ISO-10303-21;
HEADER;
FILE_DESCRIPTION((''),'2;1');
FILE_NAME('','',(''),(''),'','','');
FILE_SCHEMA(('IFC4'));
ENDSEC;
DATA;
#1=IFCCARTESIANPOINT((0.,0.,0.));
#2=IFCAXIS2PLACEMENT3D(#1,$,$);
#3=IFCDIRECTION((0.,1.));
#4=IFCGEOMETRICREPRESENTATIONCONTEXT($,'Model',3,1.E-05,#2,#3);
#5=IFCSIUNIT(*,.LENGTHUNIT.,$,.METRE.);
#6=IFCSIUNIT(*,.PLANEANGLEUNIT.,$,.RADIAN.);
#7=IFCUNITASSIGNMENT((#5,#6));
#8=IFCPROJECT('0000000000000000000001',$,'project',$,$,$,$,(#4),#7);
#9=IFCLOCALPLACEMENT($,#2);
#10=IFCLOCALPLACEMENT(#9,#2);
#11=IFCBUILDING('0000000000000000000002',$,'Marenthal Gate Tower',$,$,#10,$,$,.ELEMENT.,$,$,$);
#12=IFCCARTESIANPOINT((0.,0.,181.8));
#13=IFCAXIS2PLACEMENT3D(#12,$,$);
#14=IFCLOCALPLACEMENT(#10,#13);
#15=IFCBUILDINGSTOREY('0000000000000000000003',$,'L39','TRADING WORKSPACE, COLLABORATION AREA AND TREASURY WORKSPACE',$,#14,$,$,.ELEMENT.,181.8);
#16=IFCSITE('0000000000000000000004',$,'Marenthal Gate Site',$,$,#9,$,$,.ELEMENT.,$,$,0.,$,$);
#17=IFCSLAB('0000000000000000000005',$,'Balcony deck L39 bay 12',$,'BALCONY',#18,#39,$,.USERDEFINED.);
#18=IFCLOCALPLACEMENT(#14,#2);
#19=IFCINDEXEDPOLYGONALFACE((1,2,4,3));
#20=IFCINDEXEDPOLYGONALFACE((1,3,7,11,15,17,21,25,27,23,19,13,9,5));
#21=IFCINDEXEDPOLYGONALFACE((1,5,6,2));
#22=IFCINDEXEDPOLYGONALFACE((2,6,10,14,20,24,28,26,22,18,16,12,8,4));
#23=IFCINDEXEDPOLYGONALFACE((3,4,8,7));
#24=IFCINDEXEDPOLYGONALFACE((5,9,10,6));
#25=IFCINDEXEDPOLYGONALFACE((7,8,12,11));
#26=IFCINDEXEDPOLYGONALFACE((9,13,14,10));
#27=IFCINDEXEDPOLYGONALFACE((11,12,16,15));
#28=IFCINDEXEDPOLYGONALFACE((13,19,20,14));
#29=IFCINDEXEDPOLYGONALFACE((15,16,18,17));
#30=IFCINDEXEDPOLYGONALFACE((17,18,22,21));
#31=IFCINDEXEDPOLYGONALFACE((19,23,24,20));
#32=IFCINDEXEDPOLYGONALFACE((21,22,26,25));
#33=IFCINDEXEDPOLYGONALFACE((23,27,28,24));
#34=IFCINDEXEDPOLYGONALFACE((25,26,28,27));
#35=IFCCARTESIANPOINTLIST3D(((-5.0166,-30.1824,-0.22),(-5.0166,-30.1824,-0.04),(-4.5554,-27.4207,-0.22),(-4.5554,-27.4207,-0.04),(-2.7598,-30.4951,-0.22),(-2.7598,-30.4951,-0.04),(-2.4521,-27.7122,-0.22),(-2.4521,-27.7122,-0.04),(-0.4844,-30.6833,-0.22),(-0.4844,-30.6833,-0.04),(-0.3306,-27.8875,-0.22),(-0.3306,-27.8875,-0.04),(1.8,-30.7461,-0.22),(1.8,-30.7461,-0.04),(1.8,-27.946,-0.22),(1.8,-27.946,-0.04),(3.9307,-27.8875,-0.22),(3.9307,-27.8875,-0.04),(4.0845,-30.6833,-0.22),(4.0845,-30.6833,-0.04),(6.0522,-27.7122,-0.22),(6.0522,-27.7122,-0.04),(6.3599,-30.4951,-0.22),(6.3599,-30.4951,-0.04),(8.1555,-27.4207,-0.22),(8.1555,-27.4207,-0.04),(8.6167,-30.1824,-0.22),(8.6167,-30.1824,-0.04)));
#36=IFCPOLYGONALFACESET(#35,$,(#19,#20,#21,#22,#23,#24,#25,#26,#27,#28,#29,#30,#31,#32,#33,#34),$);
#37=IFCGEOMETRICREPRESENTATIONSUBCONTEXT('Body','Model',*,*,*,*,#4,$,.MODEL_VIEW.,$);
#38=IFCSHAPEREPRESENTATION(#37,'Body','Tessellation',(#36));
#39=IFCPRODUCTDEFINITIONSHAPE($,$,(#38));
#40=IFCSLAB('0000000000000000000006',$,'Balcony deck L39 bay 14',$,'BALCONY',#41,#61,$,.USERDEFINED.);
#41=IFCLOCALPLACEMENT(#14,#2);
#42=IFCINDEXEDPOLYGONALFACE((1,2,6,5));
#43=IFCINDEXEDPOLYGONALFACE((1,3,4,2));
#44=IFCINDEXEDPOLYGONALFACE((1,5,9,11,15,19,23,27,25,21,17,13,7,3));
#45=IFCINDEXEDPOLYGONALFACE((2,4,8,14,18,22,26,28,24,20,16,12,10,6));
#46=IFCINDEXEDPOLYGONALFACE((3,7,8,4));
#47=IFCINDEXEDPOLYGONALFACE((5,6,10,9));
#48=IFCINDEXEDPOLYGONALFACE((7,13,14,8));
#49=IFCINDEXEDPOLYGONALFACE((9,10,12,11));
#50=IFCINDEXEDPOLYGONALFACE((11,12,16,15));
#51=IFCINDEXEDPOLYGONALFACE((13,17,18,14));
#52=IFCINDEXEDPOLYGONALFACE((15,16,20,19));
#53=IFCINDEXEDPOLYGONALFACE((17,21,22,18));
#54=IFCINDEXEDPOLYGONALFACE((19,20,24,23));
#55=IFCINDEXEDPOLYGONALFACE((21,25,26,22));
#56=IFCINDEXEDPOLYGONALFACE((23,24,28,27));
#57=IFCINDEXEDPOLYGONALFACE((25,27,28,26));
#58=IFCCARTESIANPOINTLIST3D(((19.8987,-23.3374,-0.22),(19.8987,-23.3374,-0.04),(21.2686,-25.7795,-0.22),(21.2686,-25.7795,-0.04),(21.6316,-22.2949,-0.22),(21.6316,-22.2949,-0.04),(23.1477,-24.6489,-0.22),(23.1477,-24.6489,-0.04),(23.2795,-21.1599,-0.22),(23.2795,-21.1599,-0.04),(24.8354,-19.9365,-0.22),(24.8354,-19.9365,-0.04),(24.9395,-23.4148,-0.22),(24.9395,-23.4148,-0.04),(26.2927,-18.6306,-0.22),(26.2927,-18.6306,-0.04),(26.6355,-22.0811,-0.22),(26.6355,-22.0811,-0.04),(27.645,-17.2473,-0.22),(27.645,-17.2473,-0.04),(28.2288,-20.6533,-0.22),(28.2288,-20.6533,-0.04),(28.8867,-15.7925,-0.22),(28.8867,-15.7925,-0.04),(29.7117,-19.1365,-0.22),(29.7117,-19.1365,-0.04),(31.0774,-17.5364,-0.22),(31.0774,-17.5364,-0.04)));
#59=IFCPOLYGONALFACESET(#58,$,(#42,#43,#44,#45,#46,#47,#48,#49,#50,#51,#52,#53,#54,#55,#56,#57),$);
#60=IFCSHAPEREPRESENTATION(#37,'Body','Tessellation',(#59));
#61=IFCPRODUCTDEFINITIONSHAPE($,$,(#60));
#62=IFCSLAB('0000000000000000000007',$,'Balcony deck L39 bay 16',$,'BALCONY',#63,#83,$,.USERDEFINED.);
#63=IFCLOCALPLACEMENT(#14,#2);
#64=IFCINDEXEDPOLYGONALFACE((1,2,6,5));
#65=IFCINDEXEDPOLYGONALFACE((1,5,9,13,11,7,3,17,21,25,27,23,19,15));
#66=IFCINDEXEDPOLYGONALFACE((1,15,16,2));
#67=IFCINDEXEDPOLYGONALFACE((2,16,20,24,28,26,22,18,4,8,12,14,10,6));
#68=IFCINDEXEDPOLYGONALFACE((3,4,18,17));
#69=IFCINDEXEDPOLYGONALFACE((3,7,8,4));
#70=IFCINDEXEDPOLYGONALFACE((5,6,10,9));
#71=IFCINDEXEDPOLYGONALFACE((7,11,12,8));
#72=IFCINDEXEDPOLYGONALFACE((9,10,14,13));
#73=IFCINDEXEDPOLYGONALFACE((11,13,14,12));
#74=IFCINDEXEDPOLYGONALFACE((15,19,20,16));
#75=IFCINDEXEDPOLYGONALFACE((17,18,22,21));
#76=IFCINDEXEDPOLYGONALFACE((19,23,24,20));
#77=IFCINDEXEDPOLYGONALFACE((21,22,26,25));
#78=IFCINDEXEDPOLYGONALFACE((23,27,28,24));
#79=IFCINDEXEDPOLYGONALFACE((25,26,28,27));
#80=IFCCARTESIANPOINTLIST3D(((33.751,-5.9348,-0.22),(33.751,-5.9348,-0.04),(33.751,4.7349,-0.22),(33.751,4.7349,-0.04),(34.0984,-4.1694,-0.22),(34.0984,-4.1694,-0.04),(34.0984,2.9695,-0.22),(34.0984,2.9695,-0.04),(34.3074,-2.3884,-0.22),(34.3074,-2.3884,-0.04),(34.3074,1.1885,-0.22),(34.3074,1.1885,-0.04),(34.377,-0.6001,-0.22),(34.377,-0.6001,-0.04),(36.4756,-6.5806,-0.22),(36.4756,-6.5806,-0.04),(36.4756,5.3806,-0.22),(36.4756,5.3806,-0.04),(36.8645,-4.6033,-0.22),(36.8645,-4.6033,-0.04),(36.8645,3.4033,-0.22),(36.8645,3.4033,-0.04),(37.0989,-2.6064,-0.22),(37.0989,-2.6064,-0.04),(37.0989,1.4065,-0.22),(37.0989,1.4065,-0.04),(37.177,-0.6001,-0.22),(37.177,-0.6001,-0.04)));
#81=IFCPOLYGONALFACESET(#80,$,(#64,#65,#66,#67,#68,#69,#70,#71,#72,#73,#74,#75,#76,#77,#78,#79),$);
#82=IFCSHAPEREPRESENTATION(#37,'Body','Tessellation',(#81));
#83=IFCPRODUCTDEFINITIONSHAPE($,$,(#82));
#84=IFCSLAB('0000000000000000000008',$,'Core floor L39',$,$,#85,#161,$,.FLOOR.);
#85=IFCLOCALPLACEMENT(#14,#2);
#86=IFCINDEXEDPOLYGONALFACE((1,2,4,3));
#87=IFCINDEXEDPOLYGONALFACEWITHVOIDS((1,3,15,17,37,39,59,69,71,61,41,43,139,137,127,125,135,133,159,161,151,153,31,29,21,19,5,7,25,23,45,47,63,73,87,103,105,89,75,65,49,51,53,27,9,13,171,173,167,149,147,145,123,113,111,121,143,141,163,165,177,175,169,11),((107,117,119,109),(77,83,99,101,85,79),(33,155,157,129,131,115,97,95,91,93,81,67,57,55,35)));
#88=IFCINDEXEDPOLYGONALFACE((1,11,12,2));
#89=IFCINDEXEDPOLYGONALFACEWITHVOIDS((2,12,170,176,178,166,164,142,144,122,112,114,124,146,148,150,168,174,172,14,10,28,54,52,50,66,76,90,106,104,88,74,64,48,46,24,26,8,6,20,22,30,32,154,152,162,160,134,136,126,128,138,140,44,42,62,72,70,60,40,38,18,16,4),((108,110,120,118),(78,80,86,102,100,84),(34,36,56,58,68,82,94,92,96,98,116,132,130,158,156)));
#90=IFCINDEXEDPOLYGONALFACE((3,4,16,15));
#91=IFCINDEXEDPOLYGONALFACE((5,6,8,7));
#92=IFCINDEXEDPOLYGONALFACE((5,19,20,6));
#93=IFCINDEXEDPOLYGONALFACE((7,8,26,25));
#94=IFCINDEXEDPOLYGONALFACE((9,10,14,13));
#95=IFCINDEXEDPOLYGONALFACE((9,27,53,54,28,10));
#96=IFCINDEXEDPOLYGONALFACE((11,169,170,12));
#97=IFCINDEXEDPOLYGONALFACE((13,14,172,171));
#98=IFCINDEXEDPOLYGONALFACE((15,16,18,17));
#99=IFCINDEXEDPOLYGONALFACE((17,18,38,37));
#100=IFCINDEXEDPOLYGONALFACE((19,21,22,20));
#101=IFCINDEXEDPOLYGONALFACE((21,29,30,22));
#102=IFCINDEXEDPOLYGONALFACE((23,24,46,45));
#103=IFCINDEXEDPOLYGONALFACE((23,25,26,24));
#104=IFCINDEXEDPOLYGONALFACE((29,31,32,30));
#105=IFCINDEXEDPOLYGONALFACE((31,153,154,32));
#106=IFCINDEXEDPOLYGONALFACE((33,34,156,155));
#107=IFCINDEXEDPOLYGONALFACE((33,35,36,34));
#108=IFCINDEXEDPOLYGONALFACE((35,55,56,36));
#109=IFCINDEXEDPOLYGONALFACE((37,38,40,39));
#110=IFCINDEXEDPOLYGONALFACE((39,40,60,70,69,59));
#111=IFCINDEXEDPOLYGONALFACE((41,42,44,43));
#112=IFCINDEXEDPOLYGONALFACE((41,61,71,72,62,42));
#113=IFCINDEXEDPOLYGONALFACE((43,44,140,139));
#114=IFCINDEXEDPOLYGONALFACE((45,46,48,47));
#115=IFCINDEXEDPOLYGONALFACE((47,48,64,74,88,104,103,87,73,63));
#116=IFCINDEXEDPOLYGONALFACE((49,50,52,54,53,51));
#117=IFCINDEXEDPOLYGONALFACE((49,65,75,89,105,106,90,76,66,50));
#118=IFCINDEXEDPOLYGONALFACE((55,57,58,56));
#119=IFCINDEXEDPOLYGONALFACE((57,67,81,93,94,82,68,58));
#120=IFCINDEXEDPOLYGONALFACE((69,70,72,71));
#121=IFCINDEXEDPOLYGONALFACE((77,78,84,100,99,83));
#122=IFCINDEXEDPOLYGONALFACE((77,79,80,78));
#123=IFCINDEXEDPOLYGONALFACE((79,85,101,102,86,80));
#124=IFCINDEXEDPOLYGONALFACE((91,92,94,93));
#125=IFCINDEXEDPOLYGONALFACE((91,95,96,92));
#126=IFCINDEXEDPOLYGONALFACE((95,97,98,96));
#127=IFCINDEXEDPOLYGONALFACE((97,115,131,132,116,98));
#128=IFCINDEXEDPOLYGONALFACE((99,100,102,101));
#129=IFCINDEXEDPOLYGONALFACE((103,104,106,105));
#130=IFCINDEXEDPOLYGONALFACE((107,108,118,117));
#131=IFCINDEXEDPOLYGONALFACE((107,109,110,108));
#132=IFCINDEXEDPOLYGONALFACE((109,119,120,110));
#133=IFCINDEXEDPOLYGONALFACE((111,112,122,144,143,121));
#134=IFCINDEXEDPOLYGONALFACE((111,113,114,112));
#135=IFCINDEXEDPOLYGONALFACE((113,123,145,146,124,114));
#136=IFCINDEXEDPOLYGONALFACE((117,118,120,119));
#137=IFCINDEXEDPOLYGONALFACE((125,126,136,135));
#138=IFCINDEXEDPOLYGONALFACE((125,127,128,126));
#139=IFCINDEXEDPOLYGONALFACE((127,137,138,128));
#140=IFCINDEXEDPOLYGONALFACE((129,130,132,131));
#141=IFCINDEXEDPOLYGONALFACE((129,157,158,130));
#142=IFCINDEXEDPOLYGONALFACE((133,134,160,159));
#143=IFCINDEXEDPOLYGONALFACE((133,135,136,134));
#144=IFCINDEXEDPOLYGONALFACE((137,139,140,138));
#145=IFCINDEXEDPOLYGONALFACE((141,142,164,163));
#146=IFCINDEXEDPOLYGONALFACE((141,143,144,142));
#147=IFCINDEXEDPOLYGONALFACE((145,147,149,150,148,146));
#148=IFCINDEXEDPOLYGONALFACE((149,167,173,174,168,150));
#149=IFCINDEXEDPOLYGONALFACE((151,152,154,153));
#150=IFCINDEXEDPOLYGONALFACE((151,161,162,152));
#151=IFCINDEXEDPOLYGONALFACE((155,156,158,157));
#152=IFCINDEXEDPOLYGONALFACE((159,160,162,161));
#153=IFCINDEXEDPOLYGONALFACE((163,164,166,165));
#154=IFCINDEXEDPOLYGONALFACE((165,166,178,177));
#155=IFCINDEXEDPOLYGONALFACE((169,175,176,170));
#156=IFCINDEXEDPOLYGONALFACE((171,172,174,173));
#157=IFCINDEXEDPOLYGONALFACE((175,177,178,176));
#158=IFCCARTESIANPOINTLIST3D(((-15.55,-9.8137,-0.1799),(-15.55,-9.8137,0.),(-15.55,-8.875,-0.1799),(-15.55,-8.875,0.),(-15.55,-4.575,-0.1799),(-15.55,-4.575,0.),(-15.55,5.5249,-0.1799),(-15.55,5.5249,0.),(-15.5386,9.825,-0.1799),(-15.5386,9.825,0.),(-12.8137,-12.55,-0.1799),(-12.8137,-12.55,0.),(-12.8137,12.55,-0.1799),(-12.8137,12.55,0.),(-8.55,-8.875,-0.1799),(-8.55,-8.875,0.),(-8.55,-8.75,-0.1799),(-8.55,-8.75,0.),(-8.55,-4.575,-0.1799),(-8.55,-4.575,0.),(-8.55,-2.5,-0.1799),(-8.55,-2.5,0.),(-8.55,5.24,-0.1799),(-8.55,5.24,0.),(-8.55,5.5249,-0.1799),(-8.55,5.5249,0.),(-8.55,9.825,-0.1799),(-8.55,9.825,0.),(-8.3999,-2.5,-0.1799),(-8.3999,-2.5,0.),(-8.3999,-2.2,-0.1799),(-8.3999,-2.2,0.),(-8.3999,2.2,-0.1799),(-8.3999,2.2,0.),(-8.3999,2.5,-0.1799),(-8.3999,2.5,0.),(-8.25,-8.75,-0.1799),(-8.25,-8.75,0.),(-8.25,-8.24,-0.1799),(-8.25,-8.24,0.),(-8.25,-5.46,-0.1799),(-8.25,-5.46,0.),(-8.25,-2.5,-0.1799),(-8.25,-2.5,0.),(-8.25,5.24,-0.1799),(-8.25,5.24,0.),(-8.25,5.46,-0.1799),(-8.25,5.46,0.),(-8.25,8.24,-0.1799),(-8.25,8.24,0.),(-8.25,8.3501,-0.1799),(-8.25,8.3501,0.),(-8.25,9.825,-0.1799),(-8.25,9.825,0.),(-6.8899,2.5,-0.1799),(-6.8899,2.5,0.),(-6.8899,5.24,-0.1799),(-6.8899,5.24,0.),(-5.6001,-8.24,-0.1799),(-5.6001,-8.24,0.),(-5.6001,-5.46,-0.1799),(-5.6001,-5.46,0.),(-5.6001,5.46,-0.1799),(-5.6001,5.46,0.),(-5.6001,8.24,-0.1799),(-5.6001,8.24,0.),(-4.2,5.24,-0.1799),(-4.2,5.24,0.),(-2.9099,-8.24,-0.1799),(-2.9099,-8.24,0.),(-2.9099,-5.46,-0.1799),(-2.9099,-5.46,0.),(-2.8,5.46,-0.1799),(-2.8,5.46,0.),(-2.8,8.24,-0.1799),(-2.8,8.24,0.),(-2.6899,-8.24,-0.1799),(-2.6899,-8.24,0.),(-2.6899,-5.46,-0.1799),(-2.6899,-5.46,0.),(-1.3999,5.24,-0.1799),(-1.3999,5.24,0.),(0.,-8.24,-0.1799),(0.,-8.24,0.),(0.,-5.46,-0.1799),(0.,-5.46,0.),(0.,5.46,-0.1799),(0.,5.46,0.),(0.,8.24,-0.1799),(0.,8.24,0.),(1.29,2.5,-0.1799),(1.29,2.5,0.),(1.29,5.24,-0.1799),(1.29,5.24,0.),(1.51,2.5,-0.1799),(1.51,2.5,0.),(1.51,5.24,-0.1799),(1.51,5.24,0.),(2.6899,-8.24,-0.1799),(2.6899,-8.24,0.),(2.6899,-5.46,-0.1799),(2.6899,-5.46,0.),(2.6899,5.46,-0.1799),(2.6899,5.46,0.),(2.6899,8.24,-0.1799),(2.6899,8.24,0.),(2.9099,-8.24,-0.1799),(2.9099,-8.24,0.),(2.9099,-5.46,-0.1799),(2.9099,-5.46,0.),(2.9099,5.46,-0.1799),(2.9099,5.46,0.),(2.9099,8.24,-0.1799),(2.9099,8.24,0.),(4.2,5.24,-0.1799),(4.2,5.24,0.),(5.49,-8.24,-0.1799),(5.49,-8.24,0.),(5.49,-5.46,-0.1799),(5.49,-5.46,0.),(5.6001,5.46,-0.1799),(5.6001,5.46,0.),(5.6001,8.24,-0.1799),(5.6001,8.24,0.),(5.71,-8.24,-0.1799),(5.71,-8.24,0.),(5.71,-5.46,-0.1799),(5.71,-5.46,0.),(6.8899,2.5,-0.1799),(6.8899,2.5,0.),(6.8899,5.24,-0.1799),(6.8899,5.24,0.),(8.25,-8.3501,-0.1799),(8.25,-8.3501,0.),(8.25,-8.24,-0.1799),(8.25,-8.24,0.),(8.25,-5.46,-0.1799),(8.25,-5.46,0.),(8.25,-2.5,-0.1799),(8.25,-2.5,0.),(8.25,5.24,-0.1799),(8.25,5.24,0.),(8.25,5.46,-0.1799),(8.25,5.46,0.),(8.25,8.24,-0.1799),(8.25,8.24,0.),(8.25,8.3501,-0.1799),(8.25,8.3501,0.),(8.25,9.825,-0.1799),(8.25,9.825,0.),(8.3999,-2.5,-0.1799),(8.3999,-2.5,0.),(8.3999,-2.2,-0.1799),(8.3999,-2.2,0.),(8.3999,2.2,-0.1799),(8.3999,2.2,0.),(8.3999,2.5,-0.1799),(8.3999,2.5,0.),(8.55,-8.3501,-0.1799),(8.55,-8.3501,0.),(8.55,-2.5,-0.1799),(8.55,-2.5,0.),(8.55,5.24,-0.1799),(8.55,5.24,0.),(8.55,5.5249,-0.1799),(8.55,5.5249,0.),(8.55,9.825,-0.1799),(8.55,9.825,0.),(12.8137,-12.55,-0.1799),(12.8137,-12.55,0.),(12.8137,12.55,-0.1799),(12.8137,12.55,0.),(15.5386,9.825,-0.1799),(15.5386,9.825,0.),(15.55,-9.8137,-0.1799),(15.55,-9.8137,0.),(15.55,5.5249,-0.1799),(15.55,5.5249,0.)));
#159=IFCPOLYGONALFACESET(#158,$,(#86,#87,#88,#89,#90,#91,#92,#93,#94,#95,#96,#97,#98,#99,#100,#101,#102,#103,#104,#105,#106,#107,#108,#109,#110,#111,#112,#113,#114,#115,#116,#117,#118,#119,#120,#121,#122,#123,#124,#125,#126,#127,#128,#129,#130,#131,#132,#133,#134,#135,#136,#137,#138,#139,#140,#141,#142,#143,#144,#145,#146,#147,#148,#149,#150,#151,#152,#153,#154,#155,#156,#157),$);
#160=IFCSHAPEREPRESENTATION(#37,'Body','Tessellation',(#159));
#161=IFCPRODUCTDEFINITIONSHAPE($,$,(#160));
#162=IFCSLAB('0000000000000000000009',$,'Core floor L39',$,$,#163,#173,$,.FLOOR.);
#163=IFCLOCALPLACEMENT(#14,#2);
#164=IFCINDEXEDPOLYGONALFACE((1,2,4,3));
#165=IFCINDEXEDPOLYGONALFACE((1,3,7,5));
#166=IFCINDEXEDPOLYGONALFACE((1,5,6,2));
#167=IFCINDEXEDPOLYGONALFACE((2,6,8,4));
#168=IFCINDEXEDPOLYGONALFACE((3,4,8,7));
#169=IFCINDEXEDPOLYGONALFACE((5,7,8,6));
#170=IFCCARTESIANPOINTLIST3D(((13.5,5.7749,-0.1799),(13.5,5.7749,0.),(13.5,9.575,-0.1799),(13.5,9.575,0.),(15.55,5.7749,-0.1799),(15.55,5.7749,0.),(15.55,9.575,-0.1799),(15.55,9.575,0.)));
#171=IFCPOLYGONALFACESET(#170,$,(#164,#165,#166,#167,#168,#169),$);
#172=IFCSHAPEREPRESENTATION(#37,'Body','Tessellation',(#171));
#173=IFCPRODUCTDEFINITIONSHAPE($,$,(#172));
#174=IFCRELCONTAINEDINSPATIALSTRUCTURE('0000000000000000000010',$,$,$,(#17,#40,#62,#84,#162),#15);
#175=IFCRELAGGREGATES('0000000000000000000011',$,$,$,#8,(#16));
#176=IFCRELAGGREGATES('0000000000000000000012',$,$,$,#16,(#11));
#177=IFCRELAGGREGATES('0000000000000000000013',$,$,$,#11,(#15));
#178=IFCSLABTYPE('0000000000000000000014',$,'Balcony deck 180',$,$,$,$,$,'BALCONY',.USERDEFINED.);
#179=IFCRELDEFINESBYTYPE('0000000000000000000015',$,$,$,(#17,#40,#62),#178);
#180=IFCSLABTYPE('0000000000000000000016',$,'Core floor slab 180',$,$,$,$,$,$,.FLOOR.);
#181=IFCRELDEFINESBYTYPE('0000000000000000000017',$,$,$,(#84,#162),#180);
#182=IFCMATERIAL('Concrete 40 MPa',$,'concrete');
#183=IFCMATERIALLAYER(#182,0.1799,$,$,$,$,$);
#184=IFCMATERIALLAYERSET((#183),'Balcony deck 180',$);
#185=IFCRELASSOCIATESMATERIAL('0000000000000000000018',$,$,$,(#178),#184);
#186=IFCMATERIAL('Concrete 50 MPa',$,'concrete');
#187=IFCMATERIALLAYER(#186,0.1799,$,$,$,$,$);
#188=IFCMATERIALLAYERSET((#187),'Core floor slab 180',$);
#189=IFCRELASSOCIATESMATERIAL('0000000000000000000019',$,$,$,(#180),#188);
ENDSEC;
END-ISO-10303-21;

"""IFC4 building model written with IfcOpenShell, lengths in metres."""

from ifc_helpers import new_model, si_unit, direction, frame, origin, place, context, subcontext, project, spatial, polyline, outline, extrude, material, layer, layer_set, type_object, element, save


model = new_model("IFC4")

# Units and contexts
model_context = context("Model", 3, precision=1e-05, world=origin(), true_north=direction((0.0, 1.0)))
body_context = subcontext(model_context, "Body", "Model", "MODEL_VIEW")
ifc_project = project(units=[si_unit("LENGTHUNIT", "METRE"), si_unit("PLANEANGLEUNIT", "RADIAN")], contexts=[model_context])

# Site, building, storey
site_placement = place(None, origin())
site = spatial("IfcSite", under=ifc_project, at=site_placement, Name="Marenthal Gate Site", CompositionType="ELEMENT", RefElevation=0.0)
building_placement = place(site_placement, origin())
building = spatial("IfcBuilding", under=site, at=building_placement, Name="Marenthal Gate Tower", CompositionType="ELEMENT")
storey_placement = place(building_placement, frame((0.0, 0.0, 181.8)))
storey = spatial("IfcBuildingStorey", under=building, at=storey_placement, Name="L39", Description="TRADING WORKSPACE, COLLABORATION AREA AND TREASURY WORKSPACE", CompositionType="ELEMENT", Elevation=181.8)

# Slabs
ifc_material_1 = material(Name="Concrete 40 MPa", Category="concrete")
ifc_layer_1 = layer(ifc_material_1, 0.1799)
ifc_layer_set_1 = layer_set([ifc_layer_1], Name="Balcony deck 180")
slab_type_1 = type_object("IfcSlabType", Name="Balcony deck 180", ElementType="BALCONY", PredefinedType="USERDEFINED", material=ifc_layer_set_1)
slab_1_placement = place(storey_placement, frame((0.0, 0.0, -0.22)))
element("IfcSlab", 1, at=slab_1_placement, inside=storey, type_object=slab_type_1, Name="Balcony deck L39 bay 12", ObjectType="BALCONY", PredefinedType="USERDEFINED", context=body_context, shape_type="SweptSolid", body=[
    extrude(outline(polyline([(-4.5554, -27.4207), (-2.4521, -27.7122), (-0.3306, -27.8875), (1.8, -27.946), (3.9307, -27.8875), (6.0522, -27.7122), (8.1555, -27.4207), (8.6167, -30.1824), (6.3599, -30.4951), (4.0845, -30.6833), (1.8, -30.7461), (-0.4844, -30.6833), (-2.7598, -30.4951), (-5.0166, -30.1824), (-4.5554, -27.4207)])), origin(), (0.0, 0.0, 1.0), 0.1799),
])
slab_2_placement = place(storey_placement, frame((0.0, 0.0, -0.22)))
element("IfcSlab", 2, at=slab_2_placement, inside=storey, type_object=slab_type_1, Name="Balcony deck L39 bay 14", ObjectType="BALCONY", PredefinedType="USERDEFINED", context=body_context, shape_type="SweptSolid", body=[
    extrude(outline(polyline([(19.8987, -23.3374), (21.6316, -22.2949), (23.2795, -21.1599), (24.8354, -19.9365), (26.2927, -18.6306), (27.645, -17.2473), (28.8867, -15.7925), (31.0774, -17.5364), (29.7117, -19.1365), (28.2288, -20.6533), (26.6355, -22.0811), (24.9395, -23.4148), (23.1477, -24.6489), (21.2686, -25.7795), (19.8987, -23.3374)])), origin(), (0.0, 0.0, 1.0), 0.1799),
])
slab_3_placement = place(storey_placement, frame((0.0, 0.0, -0.22)))
element("IfcSlab", 3, at=slab_3_placement, inside=storey, type_object=slab_type_1, Name="Balcony deck L39 bay 16", ObjectType="BALCONY", PredefinedType="USERDEFINED", context=body_context, shape_type="SweptSolid", body=[
    extrude(outline(polyline([(33.751, -5.9348), (34.0984, -4.1694), (34.3074, -2.3884), (34.377, -0.6001), (34.3074, 1.1885), (34.0984, 2.9695), (33.751, 4.7349), (36.4756, 5.3806), (36.8645, 3.4033), (37.0989, 1.4065), (37.177, -0.6001), (37.0989, -2.6064), (36.8645, -4.6033), (36.4756, -6.5806), (33.751, -5.9348)])), origin(), (0.0, 0.0, 1.0), 0.1799),
])
ifc_material_2 = material(Name="Concrete 50 MPa", Category="concrete")
ifc_layer_2 = layer(ifc_material_2, 0.1799)
ifc_layer_set_2 = layer_set([ifc_layer_2], Name="Core floor slab 180")
slab_type_2 = type_object("IfcSlabType", Name="Core floor slab 180", PredefinedType="FLOOR", material=ifc_layer_set_2)
slab_4_placement = place(storey_placement, frame((0.0, 0.0, -0.1799)))
element("IfcSlab", 4, at=slab_4_placement, inside=storey, type_object=slab_type_2, Name="Core floor L39", PredefinedType="FLOOR", context=body_context, shape_type="SweptSolid", body=[
    extrude(outline(polyline([(12.8137, -12.55), (-12.8137, -12.55), (-15.55, -9.8137), (-15.55, -8.875), (-8.55, -8.875), (-8.55, -8.75), (-8.25, -8.75), (-8.25, -8.24), (-5.6001, -8.24), (-2.9099, -8.24), (-2.9099, -5.46), (-5.6001, -5.46), (-8.25, -5.46), (-8.25, -2.5), (8.25, -2.5), (8.25, -5.46), (5.71, -5.46), (5.71, -8.24), (8.25, -8.24), (8.25, -8.3501), (8.55, -8.3501), (8.55, -2.5), (8.3999, -2.5), (8.3999, -2.2), (-8.3999, -2.2), (-8.3999, -2.5), (-8.55, -2.5), (-8.55, -4.575), (-15.55, -4.575), (-15.55, 5.5249), (-8.55, 5.5249), (-8.55, 5.24), (-8.25, 5.24), (-8.25, 5.46), (-5.6001, 5.46), (-2.8, 5.46), (0.0, 5.46), (2.6899, 5.46), (2.6899, 8.24), (0.0, 8.24), (-2.8, 8.24), (-5.6001, 8.24), (-8.25, 8.24), (-8.25, 8.3501), (-8.25, 9.825), (-8.55, 9.825), (-15.5386, 9.825), (-12.8137, 12.55), (12.8137, 12.55), (15.5386, 9.825), (8.55, 9.825), (8.25, 9.825), (8.25, 8.3501), (8.25, 8.24), (5.6001, 8.24), (2.9099, 8.24), (2.9099, 5.46), (5.6001, 5.46), (8.25, 5.46), (8.25, 5.24), (8.55, 5.24), (8.55, 5.5249), (15.55, 5.5249), (15.55, -9.8137), (12.8137, -12.55)]), holes=[polyline([(2.6899, -8.24), (2.6899, -5.46), (0.0, -5.46), (-2.6899, -5.46), (-2.6899, -8.24), (0.0, -8.24), (2.6899, -8.24)]), polyline([(-6.8899, 5.24), (-6.8899, 2.5), (-8.3999, 2.5), (-8.3999, 2.2), (8.3999, 2.2), (8.3999, 2.5), (6.8899, 2.5), (6.8899, 5.24), (4.2, 5.24), (1.51, 5.24), (1.51, 2.5), (1.29, 2.5), (1.29, 5.24), (-1.3999, 5.24), (-4.2, 5.24), (-6.8899, 5.24)]), polyline([(5.49, -5.46), (2.9099, -5.46), (2.9099, -8.24), (5.49, -8.24), (5.49, -5.46)])]), origin(), (0.0, 0.0, 1.0), 0.1799),
])
slab_5_placement = place(storey_placement, frame((0.0, 0.0, -0.1799)))
element("IfcSlab", 5, at=slab_5_placement, inside=storey, type_object=slab_type_2, Name="Core floor L39", PredefinedType="FLOOR", context=body_context, shape_type="SweptSolid", body=[
    extrude(outline(polyline([(15.55, 5.7749), (13.5, 5.7749), (13.5, 9.575), (15.55, 9.575), (15.55, 5.7749)])), origin(), (0.0, 0.0, 1.0), 0.1799),
])

save(model, "model.ifc")
